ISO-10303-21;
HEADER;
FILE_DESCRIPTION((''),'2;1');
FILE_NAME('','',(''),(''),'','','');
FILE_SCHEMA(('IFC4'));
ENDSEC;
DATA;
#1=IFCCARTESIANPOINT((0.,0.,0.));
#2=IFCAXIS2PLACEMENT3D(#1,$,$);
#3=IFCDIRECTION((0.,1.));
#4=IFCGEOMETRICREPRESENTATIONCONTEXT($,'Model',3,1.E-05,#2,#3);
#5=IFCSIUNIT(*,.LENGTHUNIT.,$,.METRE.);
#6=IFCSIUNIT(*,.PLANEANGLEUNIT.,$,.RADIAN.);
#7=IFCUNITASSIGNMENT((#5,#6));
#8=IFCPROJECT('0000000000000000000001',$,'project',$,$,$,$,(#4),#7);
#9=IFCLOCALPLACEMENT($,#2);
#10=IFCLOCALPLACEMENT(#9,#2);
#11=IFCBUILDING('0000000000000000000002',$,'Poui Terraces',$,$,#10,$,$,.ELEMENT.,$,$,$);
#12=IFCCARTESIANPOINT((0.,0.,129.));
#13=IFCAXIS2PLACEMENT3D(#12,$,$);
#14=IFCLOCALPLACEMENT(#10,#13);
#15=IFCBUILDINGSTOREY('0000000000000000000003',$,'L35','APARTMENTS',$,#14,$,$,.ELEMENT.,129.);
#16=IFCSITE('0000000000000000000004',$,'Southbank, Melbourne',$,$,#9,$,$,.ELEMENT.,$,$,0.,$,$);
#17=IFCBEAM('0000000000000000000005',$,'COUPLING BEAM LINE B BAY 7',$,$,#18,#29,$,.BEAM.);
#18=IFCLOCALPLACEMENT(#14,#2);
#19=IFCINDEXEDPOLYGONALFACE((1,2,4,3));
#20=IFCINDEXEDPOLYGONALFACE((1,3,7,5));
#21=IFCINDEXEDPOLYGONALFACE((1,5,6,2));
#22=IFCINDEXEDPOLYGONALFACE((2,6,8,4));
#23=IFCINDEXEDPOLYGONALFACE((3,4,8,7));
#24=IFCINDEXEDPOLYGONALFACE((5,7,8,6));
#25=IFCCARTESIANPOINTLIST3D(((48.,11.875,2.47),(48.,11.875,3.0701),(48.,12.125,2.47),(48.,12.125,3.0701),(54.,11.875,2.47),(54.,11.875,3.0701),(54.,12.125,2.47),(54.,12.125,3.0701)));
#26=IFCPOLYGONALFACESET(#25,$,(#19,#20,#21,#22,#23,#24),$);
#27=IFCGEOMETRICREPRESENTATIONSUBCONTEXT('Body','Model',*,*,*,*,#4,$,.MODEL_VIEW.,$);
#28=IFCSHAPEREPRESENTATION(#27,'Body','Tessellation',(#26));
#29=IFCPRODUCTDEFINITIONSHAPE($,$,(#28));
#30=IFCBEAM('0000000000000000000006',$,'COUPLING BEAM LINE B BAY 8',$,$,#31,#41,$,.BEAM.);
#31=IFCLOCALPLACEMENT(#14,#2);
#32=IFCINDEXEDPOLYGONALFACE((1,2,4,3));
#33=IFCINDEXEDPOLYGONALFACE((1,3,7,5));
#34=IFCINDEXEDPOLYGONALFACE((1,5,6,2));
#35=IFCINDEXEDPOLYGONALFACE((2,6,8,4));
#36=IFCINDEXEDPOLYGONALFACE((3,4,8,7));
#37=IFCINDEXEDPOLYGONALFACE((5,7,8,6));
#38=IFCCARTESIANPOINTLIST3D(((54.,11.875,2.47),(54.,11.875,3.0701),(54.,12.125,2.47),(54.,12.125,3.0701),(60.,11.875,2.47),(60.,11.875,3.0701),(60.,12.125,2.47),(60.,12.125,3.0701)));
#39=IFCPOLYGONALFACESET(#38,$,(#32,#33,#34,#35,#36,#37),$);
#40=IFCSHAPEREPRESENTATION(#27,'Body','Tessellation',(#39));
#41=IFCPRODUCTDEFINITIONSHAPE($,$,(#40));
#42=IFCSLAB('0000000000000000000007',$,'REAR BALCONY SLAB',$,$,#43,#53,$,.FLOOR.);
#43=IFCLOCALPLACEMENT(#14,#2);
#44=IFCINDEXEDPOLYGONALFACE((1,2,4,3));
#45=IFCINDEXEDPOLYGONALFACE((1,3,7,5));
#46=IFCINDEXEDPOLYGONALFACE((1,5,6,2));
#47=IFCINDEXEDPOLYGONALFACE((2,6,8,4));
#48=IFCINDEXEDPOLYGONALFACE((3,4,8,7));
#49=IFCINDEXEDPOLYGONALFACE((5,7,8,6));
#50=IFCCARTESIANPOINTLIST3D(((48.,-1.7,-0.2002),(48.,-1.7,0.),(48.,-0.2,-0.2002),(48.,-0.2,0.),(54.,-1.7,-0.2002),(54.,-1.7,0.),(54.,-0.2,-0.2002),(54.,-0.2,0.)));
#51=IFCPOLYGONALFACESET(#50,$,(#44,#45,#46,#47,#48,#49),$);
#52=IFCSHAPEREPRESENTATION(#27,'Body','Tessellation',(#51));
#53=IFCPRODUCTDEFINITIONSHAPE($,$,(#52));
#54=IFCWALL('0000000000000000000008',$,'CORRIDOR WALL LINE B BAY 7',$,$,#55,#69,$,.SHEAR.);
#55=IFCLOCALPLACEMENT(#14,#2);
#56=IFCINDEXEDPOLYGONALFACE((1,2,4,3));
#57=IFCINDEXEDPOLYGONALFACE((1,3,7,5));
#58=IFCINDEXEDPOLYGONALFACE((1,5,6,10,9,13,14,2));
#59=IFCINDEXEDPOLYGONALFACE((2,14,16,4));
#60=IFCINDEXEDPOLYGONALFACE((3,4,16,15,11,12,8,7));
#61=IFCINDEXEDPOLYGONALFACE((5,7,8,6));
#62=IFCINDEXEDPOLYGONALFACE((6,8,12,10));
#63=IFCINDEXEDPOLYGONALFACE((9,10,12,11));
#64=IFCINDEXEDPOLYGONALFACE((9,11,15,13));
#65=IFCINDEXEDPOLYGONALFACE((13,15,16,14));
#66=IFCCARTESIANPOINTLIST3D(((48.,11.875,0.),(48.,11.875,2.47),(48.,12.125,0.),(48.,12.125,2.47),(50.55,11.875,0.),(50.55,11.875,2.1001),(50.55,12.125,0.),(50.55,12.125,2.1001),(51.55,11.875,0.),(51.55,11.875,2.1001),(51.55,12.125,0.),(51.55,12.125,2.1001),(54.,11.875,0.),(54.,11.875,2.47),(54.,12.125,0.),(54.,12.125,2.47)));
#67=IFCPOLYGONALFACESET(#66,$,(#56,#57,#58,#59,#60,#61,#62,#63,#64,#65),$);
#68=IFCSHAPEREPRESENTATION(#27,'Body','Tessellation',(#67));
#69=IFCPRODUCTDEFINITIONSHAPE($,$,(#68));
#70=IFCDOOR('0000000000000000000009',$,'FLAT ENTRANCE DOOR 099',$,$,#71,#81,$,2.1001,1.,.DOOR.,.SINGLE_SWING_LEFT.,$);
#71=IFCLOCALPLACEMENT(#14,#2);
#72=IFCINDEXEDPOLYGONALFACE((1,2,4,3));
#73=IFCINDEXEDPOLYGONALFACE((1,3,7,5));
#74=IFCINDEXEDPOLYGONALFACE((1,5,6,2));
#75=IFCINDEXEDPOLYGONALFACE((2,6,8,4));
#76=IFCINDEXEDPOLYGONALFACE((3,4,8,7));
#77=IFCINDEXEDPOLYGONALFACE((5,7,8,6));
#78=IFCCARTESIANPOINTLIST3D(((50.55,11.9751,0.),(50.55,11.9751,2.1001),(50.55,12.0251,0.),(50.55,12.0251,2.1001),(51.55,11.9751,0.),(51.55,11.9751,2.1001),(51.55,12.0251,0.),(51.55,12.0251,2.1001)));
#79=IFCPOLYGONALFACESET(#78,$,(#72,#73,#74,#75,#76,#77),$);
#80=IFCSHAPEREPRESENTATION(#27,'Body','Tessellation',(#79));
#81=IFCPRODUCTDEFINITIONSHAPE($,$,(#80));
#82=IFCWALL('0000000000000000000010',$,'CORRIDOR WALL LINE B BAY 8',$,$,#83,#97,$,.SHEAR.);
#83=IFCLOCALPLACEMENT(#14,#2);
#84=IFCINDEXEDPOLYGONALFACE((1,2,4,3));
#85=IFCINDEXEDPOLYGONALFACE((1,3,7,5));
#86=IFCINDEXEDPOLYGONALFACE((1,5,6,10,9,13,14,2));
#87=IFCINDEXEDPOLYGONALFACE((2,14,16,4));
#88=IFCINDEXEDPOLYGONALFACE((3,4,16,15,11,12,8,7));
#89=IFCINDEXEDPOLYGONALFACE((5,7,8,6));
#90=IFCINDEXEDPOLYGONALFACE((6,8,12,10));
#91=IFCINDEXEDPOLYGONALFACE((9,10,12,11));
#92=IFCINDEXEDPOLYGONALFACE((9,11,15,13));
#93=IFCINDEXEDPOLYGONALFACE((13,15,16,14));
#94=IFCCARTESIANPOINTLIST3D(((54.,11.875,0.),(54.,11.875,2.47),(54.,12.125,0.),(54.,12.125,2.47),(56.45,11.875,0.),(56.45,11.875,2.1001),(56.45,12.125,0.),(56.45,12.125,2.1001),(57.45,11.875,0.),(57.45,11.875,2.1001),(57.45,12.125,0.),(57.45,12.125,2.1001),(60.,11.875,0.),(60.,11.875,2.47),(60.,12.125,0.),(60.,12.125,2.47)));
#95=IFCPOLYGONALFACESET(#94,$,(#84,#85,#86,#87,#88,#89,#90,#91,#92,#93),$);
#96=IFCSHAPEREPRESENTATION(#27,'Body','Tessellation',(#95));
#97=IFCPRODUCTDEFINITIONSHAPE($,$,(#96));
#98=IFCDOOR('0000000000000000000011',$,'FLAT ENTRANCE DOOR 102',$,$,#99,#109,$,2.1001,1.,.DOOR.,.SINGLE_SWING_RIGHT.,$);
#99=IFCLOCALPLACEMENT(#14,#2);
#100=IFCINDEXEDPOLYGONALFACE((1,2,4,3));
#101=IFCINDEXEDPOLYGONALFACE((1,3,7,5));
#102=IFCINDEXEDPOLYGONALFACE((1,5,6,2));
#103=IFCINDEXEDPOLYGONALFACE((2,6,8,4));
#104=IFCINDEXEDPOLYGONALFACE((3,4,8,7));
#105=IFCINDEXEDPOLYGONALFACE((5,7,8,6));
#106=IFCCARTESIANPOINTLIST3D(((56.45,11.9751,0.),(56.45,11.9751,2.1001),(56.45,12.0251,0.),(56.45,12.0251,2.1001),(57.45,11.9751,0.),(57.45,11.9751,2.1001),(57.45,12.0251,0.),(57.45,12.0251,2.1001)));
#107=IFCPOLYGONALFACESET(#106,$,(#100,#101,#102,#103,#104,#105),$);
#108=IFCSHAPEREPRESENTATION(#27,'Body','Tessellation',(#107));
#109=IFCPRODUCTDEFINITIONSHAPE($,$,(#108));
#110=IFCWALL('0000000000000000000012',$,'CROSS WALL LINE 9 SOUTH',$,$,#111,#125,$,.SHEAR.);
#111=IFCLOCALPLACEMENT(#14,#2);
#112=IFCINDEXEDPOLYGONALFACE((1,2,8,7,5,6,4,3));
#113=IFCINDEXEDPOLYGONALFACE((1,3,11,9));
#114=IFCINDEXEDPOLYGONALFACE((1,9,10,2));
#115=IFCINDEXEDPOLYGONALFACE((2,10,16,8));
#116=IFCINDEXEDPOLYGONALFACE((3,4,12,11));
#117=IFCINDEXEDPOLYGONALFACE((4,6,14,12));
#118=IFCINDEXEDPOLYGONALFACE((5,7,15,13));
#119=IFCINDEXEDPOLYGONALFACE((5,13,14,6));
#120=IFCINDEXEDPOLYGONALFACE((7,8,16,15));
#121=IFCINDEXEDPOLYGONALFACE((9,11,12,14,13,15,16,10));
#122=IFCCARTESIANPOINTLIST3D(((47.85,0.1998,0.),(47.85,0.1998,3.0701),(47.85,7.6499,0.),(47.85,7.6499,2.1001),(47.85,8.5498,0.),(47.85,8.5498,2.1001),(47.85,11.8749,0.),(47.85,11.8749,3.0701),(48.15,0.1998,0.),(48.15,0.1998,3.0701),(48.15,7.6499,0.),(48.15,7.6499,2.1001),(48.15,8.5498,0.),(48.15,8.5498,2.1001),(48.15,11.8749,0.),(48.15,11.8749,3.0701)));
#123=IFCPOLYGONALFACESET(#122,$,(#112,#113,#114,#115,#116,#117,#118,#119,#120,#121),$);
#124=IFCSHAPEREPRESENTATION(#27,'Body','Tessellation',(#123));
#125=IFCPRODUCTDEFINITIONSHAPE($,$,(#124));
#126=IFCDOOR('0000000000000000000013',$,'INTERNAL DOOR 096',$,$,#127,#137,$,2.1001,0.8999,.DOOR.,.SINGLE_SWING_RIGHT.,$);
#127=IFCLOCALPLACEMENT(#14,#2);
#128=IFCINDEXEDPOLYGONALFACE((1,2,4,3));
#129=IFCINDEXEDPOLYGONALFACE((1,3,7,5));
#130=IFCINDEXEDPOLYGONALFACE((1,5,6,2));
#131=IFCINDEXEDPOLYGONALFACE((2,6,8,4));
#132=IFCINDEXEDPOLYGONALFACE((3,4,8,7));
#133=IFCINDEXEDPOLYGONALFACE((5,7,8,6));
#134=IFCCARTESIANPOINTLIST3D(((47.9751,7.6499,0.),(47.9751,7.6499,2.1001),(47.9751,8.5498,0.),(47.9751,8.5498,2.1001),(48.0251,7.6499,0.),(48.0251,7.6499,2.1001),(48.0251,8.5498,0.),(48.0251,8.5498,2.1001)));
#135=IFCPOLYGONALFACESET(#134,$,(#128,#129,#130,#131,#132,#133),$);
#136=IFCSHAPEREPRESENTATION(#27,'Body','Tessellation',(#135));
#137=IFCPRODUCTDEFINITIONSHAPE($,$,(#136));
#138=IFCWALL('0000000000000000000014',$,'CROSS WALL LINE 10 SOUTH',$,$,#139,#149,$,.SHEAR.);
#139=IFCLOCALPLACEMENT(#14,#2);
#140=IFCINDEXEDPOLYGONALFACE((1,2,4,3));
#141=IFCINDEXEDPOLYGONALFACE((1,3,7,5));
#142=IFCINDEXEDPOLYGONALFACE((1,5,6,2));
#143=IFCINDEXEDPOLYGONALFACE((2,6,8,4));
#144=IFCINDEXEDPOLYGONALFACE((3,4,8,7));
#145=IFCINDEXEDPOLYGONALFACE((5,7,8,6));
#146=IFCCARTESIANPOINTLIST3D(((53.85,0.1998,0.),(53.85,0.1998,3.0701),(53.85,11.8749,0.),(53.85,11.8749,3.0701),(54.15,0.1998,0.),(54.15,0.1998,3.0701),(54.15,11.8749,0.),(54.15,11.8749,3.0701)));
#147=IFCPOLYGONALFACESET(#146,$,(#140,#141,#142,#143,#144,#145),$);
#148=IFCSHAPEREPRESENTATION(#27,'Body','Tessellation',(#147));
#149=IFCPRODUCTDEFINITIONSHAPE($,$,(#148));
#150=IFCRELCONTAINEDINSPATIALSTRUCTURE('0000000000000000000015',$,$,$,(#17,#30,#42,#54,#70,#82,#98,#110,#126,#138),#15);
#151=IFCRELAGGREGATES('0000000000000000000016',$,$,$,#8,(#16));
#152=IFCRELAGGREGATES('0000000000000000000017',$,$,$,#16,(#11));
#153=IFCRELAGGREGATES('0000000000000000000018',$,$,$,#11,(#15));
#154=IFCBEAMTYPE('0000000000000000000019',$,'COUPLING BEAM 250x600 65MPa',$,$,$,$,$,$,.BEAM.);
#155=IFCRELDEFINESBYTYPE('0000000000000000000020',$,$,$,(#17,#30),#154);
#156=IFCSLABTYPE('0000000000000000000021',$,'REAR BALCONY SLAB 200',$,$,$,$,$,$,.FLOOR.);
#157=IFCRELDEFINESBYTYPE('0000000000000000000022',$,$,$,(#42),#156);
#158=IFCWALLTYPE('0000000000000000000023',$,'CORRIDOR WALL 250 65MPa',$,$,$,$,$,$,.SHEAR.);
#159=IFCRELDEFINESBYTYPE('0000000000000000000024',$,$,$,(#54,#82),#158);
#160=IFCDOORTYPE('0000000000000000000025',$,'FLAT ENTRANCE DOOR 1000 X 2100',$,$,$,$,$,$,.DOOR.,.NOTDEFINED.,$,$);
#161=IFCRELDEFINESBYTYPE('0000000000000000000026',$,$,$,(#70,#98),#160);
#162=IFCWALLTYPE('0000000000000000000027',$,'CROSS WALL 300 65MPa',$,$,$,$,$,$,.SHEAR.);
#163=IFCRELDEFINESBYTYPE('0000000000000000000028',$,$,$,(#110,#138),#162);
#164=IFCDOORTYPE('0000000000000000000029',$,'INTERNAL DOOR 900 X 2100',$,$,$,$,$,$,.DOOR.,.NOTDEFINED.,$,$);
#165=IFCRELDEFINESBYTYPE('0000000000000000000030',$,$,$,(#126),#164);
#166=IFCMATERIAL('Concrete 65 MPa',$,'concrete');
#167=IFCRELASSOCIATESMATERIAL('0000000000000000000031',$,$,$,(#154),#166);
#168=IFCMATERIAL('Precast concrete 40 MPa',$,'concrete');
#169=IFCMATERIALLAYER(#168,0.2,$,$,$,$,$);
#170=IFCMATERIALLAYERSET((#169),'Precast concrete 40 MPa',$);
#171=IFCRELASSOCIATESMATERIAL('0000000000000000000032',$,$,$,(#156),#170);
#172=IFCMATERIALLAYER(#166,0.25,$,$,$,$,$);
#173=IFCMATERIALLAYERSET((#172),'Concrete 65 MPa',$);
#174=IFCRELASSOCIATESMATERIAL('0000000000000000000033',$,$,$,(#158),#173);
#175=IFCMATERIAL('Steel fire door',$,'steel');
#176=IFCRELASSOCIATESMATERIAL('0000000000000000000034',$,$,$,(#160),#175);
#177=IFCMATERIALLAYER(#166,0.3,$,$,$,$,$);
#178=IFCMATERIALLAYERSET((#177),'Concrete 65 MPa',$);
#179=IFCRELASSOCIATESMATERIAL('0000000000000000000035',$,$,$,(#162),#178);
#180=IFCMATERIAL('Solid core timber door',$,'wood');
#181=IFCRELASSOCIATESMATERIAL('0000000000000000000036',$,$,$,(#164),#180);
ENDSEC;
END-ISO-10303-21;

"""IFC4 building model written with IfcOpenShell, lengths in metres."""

from ifc_helpers import new_model, si_unit, direction, frame, frame_2d, origin, origin_2d, place, context, subcontext, project, spatial, polyline, rectangle, outline, extrude, source, transform, mapped, material, layer, layer_set, material_profile, profile_set, type_object, element, fill, save


model = new_model("IFC4")

# Units and contexts
model_context = context("Model", 3, precision=1e-05, world=origin(), true_north=direction((0.0, 1.0)))
body_context = subcontext(model_context, "Body", "Model", "MODEL_VIEW")
ifc_project = project(units=[si_unit("LENGTHUNIT", "METRE"), si_unit("PLANEANGLEUNIT", "RADIAN")], contexts=[model_context])

# Site, building, storey
site_placement = place(None, origin())
site = spatial("IfcSite", under=ifc_project, at=site_placement, Name="Southbank, Melbourne", CompositionType="ELEMENT", RefElevation=0.0)
building_placement = place(site_placement, origin())
building = spatial("IfcBuilding", under=site, at=building_placement, Name="Poui Terraces", CompositionType="ELEMENT")
storey_placement = place(building_placement, frame((0.0, 0.0, 129.0)))
storey = spatial("IfcBuildingStorey", under=building, at=storey_placement, Name="L35", Description="APARTMENTS", CompositionType="ELEMENT", Elevation=129.0)

# Beams
ifc_material_1 = material(Name="Concrete 65 MPa", Category="concrete")
ifc_material_profile_1 = material_profile(ifc_material_1, rectangle(XDim=0.25, YDim=0.6001, at=origin_2d()), Name="RC 250x600")
ifc_profile_set_1 = profile_set([ifc_material_profile_1], Name="Concrete 65 MPa")
beam_type = type_object("IfcBeamType", Name="COUPLING BEAM 250x600 65MPa", PredefinedType="BEAM", material=ifc_profile_set_1)
shared_shape_1 = source(origin(), body_context, "Body", "SweptSolid", [
    extrude(rectangle(XDim=0.25, YDim=0.6001, at=origin_2d()), origin(), (0.0, 0.0, 1.0), 6.0),
])
for number, where, z_axis, x_axis, name in (
    (1, (48.0, 12.0, 2.77), (1.0, 0.0, 0.0), (0.0, 1.0, 0.0), "COUPLING BEAM LINE B BAY 7"),
    (2, (54.0, 12.0, 2.77), (1.0, 0.0, 0.0), (0.0, 1.0, 0.0), "COUPLING BEAM LINE B BAY 8"),
):
    element("IfcBeam", number, at=place(storey_placement, frame(where, z_axis=z_axis, x_axis=x_axis)), inside=storey, type_object=beam_type, Name=name, PredefinedType="BEAM", context=body_context, shape_type="MappedRepresentation", body=[
        mapped(shared_shape_1, transform((0.0, 0.0, 0.0))),
    ])

# Slab
ifc_material_2 = material(Name="Precast concrete 40 MPa", Category="concrete")
ifc_layer_1 = layer(ifc_material_2, 0.2)
ifc_layer_set_1 = layer_set([ifc_layer_1], Name="Precast concrete 40 MPa")
slab_type = type_object("IfcSlabType", Name="REAR BALCONY SLAB 200", PredefinedType="FLOOR", material=ifc_layer_set_1)
shared_shape_2 = source(origin(), body_context, "Body", "SweptSolid", [
    extrude(outline(polyline([(0.0, 0.0), (6.0, 0.0), (6.0, 1.5), (0.0, 1.5), (0.0, 0.0)])), origin(), (0.0, 0.0, 1.0), 0.2002),
])
slab_placement = place(storey_placement, frame((48.0, -1.7, -0.2002)))
element("IfcSlab", 3, at=slab_placement, inside=storey, type_object=slab_type, Name="REAR BALCONY SLAB", PredefinedType="FLOOR", context=body_context, shape_type="MappedRepresentation", body=[
    mapped(shared_shape_2, transform((0.0, 0.0, 0.0))),
])

# Walls, openings, doors
ifc_layer_2 = layer(ifc_material_1, 0.25)
ifc_layer_set_2 = layer_set([ifc_layer_2], Name="Concrete 65 MPa")
wall_type_1 = type_object("IfcWallType", Name="CORRIDOR WALL 250 65MPa", PredefinedType="SHEAR", material=ifc_layer_set_2)
wall_1_placement = place(storey_placement, frame((48.0, 12.0, 0.0), z_axis=(0.0, 0.0, 1.0), x_axis=(1.0, 0.0, 0.0)))
wall_1 = element("IfcWall", 4, at=wall_1_placement, inside=storey, type_object=wall_type_1, Name="CORRIDOR WALL LINE B BAY 7", PredefinedType="SHEAR", context=body_context, shape_type="SweptSolid", body=[
    extrude(rectangle(XDim=6.0, YDim=0.25, at=frame_2d((3.0, 0.0))), origin(), (0.0, 0.0, 1.0), 2.47),
])
opening_1_placement = place(wall_1_placement, frame((2.55, 0.0, 0.0)))
opening_1 = element("IfcOpeningElement", 5, at=opening_1_placement, cuts=wall_1, PredefinedType="OPENING", context=body_context, shape_type="SweptSolid", body=[
    extrude(rectangle(XDim=1.0, YDim=2.1001, at=frame_2d((0.5, 1.05))), frame((0.0, 0.135, 0.0), z_axis=(0.0, -1.0, 0.0), x_axis=(1.0, 0.0, 0.0)), (0.0, 0.0, 1.0), 0.27),
])
ifc_material_3 = material(Name="Steel fire door", Category="steel")
door_type_1 = type_object("IfcDoorType", Name="FLAT ENTRANCE DOOR 1000 X 2100", OperationType="NOTDEFINED", PredefinedType="DOOR", material=ifc_material_3)
door_1_placement = place(opening_1_placement, frame((1.0, 0.0, 0.0), z_axis=(0.0, 0.0, 1.0), x_axis=(-1.0, 0.0, 0.0)))
door_1 = element("IfcDoor", 6, at=door_1_placement, inside=storey, type_object=door_type_1, Name="FLAT ENTRANCE DOOR 099", OperationType="SINGLE_SWING_LEFT", OverallHeight=2.1001, OverallWidth=1.0, PredefinedType="DOOR", context=body_context, shape_type="SweptSolid", body=[
    extrude(rectangle(XDim=1.0, YDim=2.1001, at=frame_2d((0.5, 1.05))), frame((0.0, 0.0249, 0.0), z_axis=(0.0, -1.0, 0.0), x_axis=(1.0, 0.0, 0.0)), (0.0, 0.0, 1.0), 0.05),
])
fill(opening_1, door_1)
wall_2_placement = place(storey_placement, frame((54.0, 12.0, 0.0), z_axis=(0.0, 0.0, 1.0), x_axis=(1.0, 0.0, 0.0)))
wall_2 = element("IfcWall", 7, at=wall_2_placement, inside=storey, type_object=wall_type_1, Name="CORRIDOR WALL LINE B BAY 8", PredefinedType="SHEAR", context=body_context, shape_type="SweptSolid", body=[
    extrude(rectangle(XDim=6.0, YDim=0.25, at=frame_2d((3.0, 0.0))), origin(), (0.0, 0.0, 1.0), 2.47),
])
opening_2_placement = place(wall_2_placement, frame((2.45, 0.0, 0.0)))
opening_2 = element("IfcOpeningElement", 8, at=opening_2_placement, cuts=wall_2, PredefinedType="OPENING", context=body_context, shape_type="SweptSolid", body=[
    extrude(rectangle(XDim=1.0, YDim=2.1001, at=frame_2d((0.5, 1.05))), frame((0.0, 0.135, 0.0), z_axis=(0.0, -1.0, 0.0), x_axis=(1.0, 0.0, 0.0)), (0.0, 0.0, 1.0), 0.27),
])
door_2_placement = place(opening_2_placement, frame((1.0, 0.0, 0.0), z_axis=(0.0, 0.0, 1.0), x_axis=(-1.0, 0.0, 0.0)))
door_2 = element("IfcDoor", 9, at=door_2_placement, inside=storey, type_object=door_type_1, Name="FLAT ENTRANCE DOOR 102", OperationType="SINGLE_SWING_RIGHT", OverallHeight=2.1001, OverallWidth=1.0, PredefinedType="DOOR", context=body_context, shape_type="SweptSolid", body=[
    extrude(rectangle(XDim=1.0, YDim=2.1001, at=frame_2d((0.5, 1.05))), frame((0.0, 0.0249, 0.0), z_axis=(0.0, -1.0, 0.0), x_axis=(1.0, 0.0, 0.0)), (0.0, 0.0, 1.0), 0.05),
])
fill(opening_2, door_2)
ifc_layer_3 = layer(ifc_material_1, 0.3)
ifc_layer_set_3 = layer_set([ifc_layer_3], Name="Concrete 65 MPa")
wall_type_2 = type_object("IfcWallType", Name="CROSS WALL 300 65MPa", PredefinedType="SHEAR", material=ifc_layer_set_3)
wall_3_placement = place(storey_placement, frame((48.0, 0.2, 0.0), z_axis=(0.0, 0.0, 1.0), x_axis=(0.0, 1.0, 0.0)))
wall_3 = element("IfcWall", 10, at=wall_3_placement, inside=storey, type_object=wall_type_2, Name="CROSS WALL LINE 9 SOUTH", PredefinedType="SHEAR", context=body_context, shape_type="SweptSolid", body=[
    extrude(rectangle(XDim=11.675, YDim=0.3, at=frame_2d((5.8374, 0.0))), origin(), (0.0, 0.0, 1.0), 3.0701),
])
opening_3_placement = place(wall_3_placement, frame((7.45, 0.0, 0.0)))
opening_3 = element("IfcOpeningElement", 11, at=opening_3_placement, cuts=wall_3, PredefinedType="OPENING", context=body_context, shape_type="SweptSolid", body=[
    extrude(rectangle(XDim=0.8999, YDim=2.1001, at=frame_2d((0.45, 1.05))), frame((0.0, 0.1602, 0.0), z_axis=(0.0, -1.0, 0.0), x_axis=(1.0, 0.0, 0.0)), (0.0, 0.0, 1.0), 0.3201),
])
ifc_material_4 = material(Name="Solid core timber door", Category="wood")
door_type_2 = type_object("IfcDoorType", Name="INTERNAL DOOR 900 X 2100", OperationType="NOTDEFINED", PredefinedType="DOOR", material=ifc_material_4)
door_3_placement = place(opening_3_placement, origin())
door_3 = element("IfcDoor", 12, at=door_3_placement, inside=storey, type_object=door_type_2, Name="INTERNAL DOOR 096", OperationType="SINGLE_SWING_RIGHT", OverallHeight=2.1001, OverallWidth=0.8999, PredefinedType="DOOR", context=body_context, shape_type="SweptSolid", body=[
    extrude(rectangle(XDim=0.8999, YDim=2.1001, at=frame_2d((0.45, 1.05))), frame((0.0, 0.0249, 0.0), z_axis=(0.0, -1.0, 0.0), x_axis=(1.0, 0.0, 0.0)), (0.0, 0.0, 1.0), 0.05),
])
fill(opening_3, door_3)

# Wall
wall_4_placement = place(storey_placement, frame((54.0, 0.2, 0.0), z_axis=(0.0, 0.0, 1.0), x_axis=(0.0, 1.0, 0.0)))
element("IfcWall", 13, at=wall_4_placement, inside=storey, type_object=wall_type_2, Name="CROSS WALL LINE 10 SOUTH", PredefinedType="SHEAR", context=body_context, shape_type="SweptSolid", body=[
    extrude(rectangle(XDim=11.675, YDim=0.3, at=frame_2d((5.8374, 0.0))), origin(), (0.0, 0.0, 1.0), 3.0701),
])

save(model, "model.ifc")
